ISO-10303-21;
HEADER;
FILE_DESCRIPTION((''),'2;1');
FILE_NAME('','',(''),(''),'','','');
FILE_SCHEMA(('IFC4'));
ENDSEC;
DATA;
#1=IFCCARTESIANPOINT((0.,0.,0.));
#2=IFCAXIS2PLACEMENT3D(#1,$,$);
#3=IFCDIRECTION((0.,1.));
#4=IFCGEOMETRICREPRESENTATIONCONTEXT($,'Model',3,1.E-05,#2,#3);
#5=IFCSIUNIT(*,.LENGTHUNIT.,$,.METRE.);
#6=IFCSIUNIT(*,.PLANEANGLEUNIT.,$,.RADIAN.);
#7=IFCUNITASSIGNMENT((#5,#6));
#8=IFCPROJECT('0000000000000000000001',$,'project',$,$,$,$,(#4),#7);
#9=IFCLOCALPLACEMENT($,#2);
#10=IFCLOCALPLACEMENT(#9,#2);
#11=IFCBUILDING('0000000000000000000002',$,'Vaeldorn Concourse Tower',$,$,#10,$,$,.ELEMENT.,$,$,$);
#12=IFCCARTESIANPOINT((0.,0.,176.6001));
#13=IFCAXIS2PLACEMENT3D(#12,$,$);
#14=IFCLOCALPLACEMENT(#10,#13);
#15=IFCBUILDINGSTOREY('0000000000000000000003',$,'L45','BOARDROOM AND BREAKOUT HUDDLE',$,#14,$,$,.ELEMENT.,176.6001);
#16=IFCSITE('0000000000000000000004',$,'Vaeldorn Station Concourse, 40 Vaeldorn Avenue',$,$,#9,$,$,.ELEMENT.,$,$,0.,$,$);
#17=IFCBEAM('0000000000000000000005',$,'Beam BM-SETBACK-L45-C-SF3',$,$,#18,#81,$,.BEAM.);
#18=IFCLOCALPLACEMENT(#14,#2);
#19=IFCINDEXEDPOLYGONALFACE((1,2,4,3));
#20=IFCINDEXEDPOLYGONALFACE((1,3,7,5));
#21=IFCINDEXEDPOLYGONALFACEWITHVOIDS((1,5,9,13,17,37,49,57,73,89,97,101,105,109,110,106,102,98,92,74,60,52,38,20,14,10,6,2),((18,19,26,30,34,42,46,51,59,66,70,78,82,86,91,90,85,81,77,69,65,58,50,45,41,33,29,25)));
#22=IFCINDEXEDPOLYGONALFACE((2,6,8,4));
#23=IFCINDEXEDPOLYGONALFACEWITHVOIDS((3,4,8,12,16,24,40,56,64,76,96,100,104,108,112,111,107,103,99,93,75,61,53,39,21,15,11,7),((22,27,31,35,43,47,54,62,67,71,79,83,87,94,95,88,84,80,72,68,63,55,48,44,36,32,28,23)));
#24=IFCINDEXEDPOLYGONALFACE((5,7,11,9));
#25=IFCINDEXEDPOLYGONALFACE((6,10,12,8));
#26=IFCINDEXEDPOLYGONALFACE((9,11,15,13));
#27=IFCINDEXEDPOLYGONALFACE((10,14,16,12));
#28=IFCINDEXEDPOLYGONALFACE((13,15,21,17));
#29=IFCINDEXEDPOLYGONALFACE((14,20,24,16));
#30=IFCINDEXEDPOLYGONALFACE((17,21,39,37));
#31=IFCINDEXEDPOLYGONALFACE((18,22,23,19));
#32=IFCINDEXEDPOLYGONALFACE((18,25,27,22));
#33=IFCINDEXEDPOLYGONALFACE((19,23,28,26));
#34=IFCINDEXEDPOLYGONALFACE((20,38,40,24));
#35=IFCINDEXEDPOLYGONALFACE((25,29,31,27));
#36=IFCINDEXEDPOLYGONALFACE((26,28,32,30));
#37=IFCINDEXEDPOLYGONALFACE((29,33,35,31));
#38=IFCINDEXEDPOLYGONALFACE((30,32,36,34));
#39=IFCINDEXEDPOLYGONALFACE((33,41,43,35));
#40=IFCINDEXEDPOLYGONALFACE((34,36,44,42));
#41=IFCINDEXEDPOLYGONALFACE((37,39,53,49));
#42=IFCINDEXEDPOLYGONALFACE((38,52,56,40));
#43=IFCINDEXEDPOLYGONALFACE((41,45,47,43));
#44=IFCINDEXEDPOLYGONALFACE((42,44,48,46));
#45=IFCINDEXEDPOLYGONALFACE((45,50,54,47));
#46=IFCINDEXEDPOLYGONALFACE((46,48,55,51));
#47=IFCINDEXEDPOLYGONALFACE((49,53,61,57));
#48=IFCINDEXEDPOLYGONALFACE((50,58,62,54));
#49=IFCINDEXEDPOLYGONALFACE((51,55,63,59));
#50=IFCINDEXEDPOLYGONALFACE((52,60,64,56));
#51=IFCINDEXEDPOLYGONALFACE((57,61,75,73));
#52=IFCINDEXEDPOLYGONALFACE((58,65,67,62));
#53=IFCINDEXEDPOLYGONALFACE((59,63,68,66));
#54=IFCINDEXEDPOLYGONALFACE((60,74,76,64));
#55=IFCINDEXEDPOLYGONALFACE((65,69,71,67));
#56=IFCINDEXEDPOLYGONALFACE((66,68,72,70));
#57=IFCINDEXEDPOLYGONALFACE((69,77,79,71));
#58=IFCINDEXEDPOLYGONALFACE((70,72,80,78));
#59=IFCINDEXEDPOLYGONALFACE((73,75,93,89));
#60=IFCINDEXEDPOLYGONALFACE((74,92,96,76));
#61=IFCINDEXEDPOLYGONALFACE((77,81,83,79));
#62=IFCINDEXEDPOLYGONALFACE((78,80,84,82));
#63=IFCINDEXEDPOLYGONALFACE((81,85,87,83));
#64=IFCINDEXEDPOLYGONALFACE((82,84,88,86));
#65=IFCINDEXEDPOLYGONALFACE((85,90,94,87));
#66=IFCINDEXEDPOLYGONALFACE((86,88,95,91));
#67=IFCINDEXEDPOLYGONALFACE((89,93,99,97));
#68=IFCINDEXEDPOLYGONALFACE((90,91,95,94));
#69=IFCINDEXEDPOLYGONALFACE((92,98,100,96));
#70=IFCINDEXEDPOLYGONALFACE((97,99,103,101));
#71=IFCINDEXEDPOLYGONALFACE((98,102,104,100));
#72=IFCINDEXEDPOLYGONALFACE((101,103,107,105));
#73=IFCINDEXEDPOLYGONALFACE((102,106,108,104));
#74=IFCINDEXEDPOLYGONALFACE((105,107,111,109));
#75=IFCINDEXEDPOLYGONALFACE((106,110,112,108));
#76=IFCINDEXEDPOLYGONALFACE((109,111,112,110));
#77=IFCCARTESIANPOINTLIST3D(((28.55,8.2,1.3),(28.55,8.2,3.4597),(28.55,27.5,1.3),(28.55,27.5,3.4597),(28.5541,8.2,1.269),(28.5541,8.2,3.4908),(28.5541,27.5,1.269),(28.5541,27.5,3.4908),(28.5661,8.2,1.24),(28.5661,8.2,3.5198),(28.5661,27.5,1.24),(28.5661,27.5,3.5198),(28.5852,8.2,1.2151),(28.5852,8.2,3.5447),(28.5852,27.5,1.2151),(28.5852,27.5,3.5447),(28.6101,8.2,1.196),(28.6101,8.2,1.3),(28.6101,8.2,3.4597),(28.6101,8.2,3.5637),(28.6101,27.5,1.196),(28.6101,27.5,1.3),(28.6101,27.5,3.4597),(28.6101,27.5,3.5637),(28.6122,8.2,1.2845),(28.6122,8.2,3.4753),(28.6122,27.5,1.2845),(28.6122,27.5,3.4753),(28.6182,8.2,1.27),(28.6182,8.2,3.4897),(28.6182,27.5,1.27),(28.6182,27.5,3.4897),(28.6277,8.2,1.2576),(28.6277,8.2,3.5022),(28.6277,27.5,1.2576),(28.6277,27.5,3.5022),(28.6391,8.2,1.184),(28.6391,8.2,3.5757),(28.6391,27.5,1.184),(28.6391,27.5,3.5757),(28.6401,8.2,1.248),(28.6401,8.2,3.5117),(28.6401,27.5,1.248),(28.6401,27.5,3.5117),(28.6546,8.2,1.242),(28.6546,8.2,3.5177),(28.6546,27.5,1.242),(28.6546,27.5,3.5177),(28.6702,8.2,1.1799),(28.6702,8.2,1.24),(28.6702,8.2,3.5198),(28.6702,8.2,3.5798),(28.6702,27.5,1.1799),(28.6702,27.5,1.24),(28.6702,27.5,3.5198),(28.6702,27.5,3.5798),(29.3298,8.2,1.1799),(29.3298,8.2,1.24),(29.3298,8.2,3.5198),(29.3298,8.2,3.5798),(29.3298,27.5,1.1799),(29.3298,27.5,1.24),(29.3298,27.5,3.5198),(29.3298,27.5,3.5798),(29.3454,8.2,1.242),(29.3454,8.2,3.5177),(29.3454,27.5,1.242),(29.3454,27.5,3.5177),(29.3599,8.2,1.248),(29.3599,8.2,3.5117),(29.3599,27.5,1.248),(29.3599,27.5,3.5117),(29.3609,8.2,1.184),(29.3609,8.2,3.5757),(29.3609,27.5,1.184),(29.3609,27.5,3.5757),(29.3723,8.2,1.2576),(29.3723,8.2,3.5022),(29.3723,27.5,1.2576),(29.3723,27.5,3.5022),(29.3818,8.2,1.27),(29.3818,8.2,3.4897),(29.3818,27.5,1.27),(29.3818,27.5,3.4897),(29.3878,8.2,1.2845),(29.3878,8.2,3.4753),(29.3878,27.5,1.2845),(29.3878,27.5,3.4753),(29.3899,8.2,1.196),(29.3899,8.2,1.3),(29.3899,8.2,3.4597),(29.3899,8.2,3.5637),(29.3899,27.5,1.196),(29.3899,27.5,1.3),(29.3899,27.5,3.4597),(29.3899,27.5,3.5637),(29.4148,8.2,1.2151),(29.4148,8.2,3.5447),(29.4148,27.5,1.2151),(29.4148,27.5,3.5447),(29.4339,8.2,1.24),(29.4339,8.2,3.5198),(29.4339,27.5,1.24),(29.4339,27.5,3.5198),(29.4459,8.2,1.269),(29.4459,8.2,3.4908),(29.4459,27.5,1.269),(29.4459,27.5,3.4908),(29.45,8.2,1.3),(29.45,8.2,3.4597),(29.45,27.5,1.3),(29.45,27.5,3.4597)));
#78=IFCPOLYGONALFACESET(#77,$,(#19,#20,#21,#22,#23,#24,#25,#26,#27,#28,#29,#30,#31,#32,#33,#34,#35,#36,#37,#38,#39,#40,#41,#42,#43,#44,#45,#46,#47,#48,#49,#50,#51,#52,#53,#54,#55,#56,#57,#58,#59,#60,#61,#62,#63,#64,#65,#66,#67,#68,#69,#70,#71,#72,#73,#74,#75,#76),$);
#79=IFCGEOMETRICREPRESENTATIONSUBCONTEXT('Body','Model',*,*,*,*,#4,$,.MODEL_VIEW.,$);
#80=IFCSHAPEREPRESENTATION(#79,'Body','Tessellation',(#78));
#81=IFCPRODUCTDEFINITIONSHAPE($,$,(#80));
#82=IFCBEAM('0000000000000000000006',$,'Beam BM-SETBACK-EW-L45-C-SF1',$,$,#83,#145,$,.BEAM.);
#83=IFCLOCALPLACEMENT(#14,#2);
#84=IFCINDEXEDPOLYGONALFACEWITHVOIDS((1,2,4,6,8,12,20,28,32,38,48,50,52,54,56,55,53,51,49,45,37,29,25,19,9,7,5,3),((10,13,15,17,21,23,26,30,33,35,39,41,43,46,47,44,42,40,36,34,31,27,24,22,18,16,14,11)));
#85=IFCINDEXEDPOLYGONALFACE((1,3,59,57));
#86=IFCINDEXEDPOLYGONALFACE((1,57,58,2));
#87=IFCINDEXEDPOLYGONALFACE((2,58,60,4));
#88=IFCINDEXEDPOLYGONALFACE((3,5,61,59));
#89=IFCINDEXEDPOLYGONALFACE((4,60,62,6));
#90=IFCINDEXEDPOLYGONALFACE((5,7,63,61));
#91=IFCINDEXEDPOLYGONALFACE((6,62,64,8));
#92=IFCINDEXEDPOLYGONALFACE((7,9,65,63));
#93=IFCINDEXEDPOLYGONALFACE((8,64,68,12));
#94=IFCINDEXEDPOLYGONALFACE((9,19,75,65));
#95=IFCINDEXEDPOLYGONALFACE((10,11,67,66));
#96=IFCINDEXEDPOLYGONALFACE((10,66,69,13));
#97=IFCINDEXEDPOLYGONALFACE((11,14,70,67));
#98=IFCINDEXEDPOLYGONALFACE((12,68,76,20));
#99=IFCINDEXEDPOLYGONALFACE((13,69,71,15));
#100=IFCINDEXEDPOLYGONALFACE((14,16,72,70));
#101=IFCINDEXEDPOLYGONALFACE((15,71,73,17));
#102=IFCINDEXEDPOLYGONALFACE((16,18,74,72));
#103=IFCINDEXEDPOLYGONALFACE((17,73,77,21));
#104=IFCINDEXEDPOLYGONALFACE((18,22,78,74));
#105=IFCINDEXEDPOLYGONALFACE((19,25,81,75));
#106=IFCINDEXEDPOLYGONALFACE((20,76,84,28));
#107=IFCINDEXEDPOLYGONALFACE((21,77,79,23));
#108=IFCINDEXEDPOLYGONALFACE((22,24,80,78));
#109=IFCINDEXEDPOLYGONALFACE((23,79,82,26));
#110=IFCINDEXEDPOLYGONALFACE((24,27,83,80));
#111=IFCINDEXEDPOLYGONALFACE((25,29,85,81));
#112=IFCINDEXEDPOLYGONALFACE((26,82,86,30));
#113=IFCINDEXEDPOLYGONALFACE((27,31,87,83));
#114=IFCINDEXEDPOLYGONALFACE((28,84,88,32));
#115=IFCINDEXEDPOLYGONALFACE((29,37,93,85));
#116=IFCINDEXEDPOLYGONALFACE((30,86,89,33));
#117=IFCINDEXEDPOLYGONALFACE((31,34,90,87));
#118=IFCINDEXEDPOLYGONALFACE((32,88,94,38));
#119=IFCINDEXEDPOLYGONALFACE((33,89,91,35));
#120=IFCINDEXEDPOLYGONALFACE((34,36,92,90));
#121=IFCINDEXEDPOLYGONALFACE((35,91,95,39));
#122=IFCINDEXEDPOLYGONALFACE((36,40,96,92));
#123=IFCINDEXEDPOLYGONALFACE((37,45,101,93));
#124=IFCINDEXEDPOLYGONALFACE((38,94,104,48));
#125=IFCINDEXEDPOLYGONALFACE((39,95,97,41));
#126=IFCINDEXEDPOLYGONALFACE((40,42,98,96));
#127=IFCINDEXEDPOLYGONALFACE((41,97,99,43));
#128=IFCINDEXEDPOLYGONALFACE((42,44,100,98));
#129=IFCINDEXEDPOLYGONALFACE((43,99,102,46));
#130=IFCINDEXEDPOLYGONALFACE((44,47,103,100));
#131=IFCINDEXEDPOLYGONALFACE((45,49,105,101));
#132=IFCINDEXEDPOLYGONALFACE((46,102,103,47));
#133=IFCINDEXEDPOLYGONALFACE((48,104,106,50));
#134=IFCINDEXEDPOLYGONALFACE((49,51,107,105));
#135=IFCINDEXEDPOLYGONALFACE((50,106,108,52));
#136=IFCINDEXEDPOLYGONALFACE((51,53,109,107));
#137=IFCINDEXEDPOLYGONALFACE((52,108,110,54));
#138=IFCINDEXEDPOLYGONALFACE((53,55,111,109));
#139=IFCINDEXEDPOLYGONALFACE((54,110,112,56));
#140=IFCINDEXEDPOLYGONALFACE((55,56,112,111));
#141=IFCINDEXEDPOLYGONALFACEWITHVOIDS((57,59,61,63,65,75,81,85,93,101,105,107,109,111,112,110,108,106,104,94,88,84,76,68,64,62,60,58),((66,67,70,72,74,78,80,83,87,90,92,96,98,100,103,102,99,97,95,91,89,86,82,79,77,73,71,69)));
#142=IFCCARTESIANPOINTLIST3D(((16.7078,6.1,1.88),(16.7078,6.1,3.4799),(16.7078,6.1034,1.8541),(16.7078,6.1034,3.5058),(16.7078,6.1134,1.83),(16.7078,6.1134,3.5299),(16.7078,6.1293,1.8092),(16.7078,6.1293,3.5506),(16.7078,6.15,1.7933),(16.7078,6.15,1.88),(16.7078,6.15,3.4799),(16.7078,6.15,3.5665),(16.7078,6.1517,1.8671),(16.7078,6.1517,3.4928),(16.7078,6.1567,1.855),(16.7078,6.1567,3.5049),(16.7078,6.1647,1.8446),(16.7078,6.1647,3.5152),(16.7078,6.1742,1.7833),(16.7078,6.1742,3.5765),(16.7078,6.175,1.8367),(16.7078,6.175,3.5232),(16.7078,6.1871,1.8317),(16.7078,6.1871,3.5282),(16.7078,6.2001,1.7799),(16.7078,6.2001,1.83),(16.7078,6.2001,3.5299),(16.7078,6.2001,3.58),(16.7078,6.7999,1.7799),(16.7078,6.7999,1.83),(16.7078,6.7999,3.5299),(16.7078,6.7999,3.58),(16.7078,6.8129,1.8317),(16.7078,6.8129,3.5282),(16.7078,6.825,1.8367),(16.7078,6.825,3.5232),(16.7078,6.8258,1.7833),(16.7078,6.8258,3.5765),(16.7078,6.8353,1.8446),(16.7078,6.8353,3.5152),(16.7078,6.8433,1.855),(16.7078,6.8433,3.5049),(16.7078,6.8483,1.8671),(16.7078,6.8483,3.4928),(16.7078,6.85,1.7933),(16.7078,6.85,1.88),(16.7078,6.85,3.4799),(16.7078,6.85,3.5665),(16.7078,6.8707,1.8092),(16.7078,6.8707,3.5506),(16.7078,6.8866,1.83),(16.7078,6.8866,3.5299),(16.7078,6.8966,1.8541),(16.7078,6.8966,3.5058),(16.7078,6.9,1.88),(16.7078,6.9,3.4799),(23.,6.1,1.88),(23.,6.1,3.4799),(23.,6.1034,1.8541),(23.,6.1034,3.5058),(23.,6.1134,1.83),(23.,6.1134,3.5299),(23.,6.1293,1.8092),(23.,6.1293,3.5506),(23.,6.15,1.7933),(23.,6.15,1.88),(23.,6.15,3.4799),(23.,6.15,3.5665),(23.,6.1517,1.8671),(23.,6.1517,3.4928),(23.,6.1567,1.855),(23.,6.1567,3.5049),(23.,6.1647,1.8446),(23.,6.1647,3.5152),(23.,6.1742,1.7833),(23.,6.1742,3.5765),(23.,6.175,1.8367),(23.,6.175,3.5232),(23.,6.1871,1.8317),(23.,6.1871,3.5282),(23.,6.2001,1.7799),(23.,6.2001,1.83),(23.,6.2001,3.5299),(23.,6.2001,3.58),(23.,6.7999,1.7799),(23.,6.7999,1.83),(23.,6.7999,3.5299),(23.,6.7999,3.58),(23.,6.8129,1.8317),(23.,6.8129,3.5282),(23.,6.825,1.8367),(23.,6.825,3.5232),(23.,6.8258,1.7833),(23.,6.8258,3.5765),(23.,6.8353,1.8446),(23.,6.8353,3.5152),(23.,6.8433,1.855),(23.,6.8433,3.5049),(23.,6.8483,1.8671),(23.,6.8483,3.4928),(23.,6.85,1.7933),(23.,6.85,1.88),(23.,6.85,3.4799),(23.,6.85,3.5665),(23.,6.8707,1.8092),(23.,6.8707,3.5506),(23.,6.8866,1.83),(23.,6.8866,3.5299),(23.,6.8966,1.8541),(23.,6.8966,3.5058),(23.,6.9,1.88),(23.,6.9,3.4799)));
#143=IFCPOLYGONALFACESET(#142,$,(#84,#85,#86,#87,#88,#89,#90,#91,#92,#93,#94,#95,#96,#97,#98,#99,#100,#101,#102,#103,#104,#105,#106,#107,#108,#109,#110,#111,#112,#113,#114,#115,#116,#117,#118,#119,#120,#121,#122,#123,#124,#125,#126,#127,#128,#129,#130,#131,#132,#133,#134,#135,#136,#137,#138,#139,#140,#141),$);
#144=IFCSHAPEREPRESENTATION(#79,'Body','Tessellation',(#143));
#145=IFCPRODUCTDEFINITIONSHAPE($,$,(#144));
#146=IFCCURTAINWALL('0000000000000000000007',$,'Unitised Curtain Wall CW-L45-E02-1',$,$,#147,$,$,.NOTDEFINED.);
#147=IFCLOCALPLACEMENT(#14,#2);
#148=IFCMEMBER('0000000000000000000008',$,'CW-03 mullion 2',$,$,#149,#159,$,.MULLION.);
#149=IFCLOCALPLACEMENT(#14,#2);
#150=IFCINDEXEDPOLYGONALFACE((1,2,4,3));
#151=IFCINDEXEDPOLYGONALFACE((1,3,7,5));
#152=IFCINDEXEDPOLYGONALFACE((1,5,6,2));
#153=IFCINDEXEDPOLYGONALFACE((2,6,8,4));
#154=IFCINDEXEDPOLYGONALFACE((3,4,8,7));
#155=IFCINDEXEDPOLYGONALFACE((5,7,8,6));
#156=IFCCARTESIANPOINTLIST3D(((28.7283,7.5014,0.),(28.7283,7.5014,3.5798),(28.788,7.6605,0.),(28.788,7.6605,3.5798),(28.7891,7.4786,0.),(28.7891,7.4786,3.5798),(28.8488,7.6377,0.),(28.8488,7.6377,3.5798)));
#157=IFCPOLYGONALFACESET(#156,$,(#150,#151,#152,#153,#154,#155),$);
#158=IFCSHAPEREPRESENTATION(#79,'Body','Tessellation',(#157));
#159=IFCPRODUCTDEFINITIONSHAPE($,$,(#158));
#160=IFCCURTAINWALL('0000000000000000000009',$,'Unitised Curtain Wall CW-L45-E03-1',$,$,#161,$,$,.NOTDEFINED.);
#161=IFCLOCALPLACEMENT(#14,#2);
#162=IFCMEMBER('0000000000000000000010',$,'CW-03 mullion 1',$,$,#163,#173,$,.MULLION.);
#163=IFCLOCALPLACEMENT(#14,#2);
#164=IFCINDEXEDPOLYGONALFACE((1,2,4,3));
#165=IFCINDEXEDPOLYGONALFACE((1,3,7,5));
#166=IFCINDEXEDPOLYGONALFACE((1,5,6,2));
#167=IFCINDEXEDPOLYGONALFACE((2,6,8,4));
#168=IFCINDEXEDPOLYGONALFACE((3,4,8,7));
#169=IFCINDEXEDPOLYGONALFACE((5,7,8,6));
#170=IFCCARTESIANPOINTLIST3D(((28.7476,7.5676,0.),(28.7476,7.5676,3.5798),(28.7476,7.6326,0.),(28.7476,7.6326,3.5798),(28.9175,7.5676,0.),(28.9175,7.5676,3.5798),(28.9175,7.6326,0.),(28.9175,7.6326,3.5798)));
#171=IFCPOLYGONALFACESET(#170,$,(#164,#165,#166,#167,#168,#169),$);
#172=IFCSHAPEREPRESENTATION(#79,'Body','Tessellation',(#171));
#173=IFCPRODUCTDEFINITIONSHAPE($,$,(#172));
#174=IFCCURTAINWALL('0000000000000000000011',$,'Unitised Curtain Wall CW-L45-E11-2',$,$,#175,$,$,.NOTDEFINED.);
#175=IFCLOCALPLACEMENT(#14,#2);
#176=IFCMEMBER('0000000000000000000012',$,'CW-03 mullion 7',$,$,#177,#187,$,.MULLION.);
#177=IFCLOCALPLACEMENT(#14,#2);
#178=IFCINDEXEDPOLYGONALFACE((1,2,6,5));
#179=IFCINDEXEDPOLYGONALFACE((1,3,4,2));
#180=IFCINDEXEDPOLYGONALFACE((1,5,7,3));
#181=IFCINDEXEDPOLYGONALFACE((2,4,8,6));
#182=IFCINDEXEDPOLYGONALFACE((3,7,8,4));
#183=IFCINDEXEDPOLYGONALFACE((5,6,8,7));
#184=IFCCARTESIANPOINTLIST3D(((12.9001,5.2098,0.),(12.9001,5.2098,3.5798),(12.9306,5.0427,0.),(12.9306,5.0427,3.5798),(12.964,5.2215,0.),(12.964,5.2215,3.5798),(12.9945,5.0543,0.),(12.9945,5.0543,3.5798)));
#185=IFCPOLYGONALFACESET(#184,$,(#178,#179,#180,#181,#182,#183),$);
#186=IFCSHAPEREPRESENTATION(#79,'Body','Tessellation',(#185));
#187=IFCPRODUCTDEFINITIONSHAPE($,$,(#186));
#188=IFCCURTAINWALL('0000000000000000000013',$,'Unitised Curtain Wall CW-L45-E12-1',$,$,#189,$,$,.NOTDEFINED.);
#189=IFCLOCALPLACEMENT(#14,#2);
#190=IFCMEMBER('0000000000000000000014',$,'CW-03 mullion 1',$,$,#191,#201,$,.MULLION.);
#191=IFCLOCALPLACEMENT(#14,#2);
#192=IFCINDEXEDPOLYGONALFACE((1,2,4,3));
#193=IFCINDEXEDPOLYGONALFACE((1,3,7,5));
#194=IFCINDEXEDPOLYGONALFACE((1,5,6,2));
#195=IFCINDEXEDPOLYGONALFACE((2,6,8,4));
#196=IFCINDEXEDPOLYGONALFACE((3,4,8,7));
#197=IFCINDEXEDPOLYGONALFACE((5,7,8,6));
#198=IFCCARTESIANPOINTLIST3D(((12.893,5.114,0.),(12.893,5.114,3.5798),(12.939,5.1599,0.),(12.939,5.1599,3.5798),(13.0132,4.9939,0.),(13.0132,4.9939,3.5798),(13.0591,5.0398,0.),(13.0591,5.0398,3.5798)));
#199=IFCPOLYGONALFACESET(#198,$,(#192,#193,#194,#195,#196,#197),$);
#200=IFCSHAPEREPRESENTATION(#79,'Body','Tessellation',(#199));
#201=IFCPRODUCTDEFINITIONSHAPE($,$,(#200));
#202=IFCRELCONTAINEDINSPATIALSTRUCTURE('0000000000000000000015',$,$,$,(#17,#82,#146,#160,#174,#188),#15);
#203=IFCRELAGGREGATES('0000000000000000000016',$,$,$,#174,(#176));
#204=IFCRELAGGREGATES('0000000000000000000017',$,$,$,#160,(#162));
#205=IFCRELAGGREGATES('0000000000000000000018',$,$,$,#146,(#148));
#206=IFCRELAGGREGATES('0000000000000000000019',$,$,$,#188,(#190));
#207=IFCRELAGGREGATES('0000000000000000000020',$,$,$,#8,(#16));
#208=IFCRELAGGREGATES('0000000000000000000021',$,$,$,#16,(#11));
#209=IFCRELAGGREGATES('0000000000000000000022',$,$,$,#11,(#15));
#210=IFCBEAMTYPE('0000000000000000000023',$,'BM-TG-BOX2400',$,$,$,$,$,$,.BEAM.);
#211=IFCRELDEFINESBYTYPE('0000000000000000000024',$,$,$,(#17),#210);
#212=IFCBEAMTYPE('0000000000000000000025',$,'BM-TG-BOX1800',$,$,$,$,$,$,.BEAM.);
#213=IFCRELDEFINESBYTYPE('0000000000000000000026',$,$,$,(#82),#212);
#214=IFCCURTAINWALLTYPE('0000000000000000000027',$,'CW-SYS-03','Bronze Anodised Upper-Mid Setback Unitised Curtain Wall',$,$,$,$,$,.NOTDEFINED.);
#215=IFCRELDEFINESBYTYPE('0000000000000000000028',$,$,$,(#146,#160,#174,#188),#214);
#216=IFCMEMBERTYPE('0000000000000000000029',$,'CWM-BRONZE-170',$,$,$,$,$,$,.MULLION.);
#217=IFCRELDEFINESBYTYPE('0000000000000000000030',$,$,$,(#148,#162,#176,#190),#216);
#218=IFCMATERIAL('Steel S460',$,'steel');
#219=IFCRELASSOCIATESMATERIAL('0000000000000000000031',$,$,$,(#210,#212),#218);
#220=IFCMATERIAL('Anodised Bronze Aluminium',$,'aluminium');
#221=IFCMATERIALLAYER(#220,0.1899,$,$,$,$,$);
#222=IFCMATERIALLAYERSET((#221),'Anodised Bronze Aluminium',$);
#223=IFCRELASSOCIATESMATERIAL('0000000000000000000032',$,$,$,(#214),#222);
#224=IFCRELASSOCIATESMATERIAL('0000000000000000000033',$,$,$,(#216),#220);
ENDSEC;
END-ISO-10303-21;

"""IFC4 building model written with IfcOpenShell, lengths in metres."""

from ifc_helpers import new_model, si_unit, direction, frame, origin, origin_2d, place, context, subcontext, project, spatial, rectangle, hollow_rectangle, extrude, source, transform, mapped, material, layer, layer_set, material_profile, profile_set, type_object, element, aggregate, save


model = new_model("IFC4")

# Units and contexts
model_context = context("Model", 3, precision=1e-05, world=origin(), true_north=direction((0.0, 1.0)))
body_context = subcontext(model_context, "Body", "Model", "MODEL_VIEW")
ifc_project = project(units=[si_unit("LENGTHUNIT", "METRE"), si_unit("PLANEANGLEUNIT", "RADIAN")], contexts=[model_context])

# Site, building, storey
site_placement = place(None, origin())
site = spatial("IfcSite", under=ifc_project, at=site_placement, Name="Vaeldorn Station Concourse, 40 Vaeldorn Avenue", CompositionType="ELEMENT", RefElevation=0.0)
building_placement = place(site_placement, origin())
building = spatial("IfcBuilding", under=site, at=building_placement, Name="Vaeldorn Concourse Tower", CompositionType="ELEMENT")
storey_placement = place(building_placement, frame((0.0, 0.0, 176.6001)))
storey = spatial("IfcBuildingStorey", under=building, at=storey_placement, Name="L45", Description="BOARDROOM AND BREAKOUT HUDDLE", CompositionType="ELEMENT", Elevation=176.6001)

# Beams
ifc_material_1 = material(Name="Steel S460", Category="steel")
ifc_material_profile_1 = material_profile(ifc_material_1, hollow_rectangle(XDim=0.8999, YDim=2.3999, WallThickness=0.0601, InnerFilletRadius=0.0601, OuterFilletRadius=0.1201, at=origin_2d()), Name="RHS 2400x900x60")
ifc_profile_set_1 = profile_set([ifc_material_profile_1], Name="Steel S460")
beam_type_1 = type_object("IfcBeamType", Name="BM-TG-BOX2400", PredefinedType="BEAM", material=ifc_profile_set_1)
shared_shape_1 = source(origin(), body_context, "Body", "SweptSolid", [
    extrude(hollow_rectangle(XDim=0.8999, YDim=2.3999, WallThickness=0.0601, InnerFilletRadius=0.0601, OuterFilletRadius=0.1201, at=origin_2d()), origin(), (0.0, 0.0, 1.0), 19.3),
])
beam_1_placement = place(storey_placement, frame((29.0, 8.2, 2.3799), z_axis=(0.0, 1.0, 0.0), x_axis=(-1.0, 0.0, 0.0)))
element("IfcBeam", 1, at=beam_1_placement, inside=storey, type_object=beam_type_1, Name="Beam BM-SETBACK-L45-C-SF3", PredefinedType="BEAM", context=body_context, shape_type="MappedRepresentation", body=[
    mapped(shared_shape_1, transform((0.0, 0.0, 0.0), scale=1.0)),
])
ifc_material_profile_2 = material_profile(ifc_material_1, hollow_rectangle(XDim=0.8, YDim=1.8, WallThickness=0.05, InnerFilletRadius=0.05, OuterFilletRadius=0.1001, at=origin_2d()), Name="RHS 1800x800x50")
ifc_profile_set_2 = profile_set([ifc_material_profile_2], Name="Steel S460")
beam_type_2 = type_object("IfcBeamType", Name="BM-TG-BOX1800", PredefinedType="BEAM", material=ifc_profile_set_2)
shared_shape_2 = source(origin(), body_context, "Body", "SweptSolid", [
    extrude(hollow_rectangle(XDim=0.8, YDim=1.8, WallThickness=0.05, InnerFilletRadius=0.05, OuterFilletRadius=0.1001, at=origin_2d()), origin(), (0.0, 0.0, 1.0), 6.2922),
])
beam_2_placement = place(storey_placement, frame((16.7078, 6.5, 2.6799), z_axis=(1.0, 0.0, 0.0), x_axis=(0.0, 1.0, 0.0)))
element("IfcBeam", 2, at=beam_2_placement, inside=storey, type_object=beam_type_2, Name="Beam BM-SETBACK-EW-L45-C-SF1", PredefinedType="BEAM", context=body_context, shape_type="MappedRepresentation", body=[
    mapped(shared_shape_2, transform((0.0, 0.0, 0.0), scale=1.0)),
])

# Curtain walls, members
ifc_material_2 = material(Name="Anodised Bronze Aluminium", Category="aluminium")
ifc_layer_1 = layer(ifc_material_2, 0.1899)
ifc_layer_set_1 = layer_set([ifc_layer_1], Name="Anodised Bronze Aluminium")
curtain_wall_type = type_object("IfcCurtainWallType", Name="CW-SYS-03", Description="Bronze Anodised Upper-Mid Setback Unitised Curtain Wall", PredefinedType="NOTDEFINED", material=ifc_layer_set_1)
curtain_wall_1_placement = place(storey_placement, origin())
curtain_wall_1 = element("IfcCurtainWall", 3, at=curtain_wall_1_placement, inside=storey, type_object=curtain_wall_type, Name="Unitised Curtain Wall CW-L45-E02-1", PredefinedType="NOTDEFINED")
ifc_material_profile_3 = material_profile(ifc_material_2, rectangle(XDim=0.0649, YDim=0.1699, at=origin_2d()), Name="CWM 65x170")
ifc_profile_set_3 = profile_set([ifc_material_profile_3], Name="Anodised Bronze Aluminium")
member_type_1 = type_object("IfcMemberType", Name="CWM-BRONZE-170", PredefinedType="MULLION", material=ifc_profile_set_3)
shared_shape_3 = source(origin(), body_context, "Body", "SweptSolid", [
    extrude(rectangle(XDim=0.0649, YDim=0.1699, at=origin_2d()), origin(), (0.0, 0.0, 1.0), 3.5798),
])
member_1_placement = place(storey_placement, frame((28.7886, 7.5696, 0.0), z_axis=(0.0, 0.0, 1.0), x_axis=(-0.936329, 0.351123, 0.0)))
member_1 = element("IfcMember", 4, at=member_1_placement, type_object=member_type_1, Name="CW-03 mullion 2", PredefinedType="MULLION", context=body_context, shape_type="MappedRepresentation", body=[
    mapped(shared_shape_3, transform((0.0, 0.0, 0.0), scale=1.0)),
])
curtain_wall_2_placement = place(storey_placement, origin())
curtain_wall_2 = element("IfcCurtainWall", 5, at=curtain_wall_2_placement, inside=storey, type_object=curtain_wall_type, Name="Unitised Curtain Wall CW-L45-E03-1", PredefinedType="NOTDEFINED")
member_2_placement = place(storey_placement, frame((28.8325, 7.6001, 0.0), z_axis=(0.0, 0.0, 1.0), x_axis=(0.0, 1.0, 0.0)))
member_2 = element("IfcMember", 6, at=member_2_placement, type_object=member_type_1, Name="CW-03 mullion 1", PredefinedType="MULLION", context=body_context, shape_type="MappedRepresentation", body=[
    mapped(shared_shape_3, transform((0.0, 0.0, 0.0), scale=1.0)),
])
curtain_wall_3_placement = place(storey_placement, origin())
curtain_wall_3 = element("IfcCurtainWall", 7, at=curtain_wall_3_placement, inside=storey, type_object=curtain_wall_type, Name="Unitised Curtain Wall CW-L45-E11-2", PredefinedType="NOTDEFINED")
member_3_placement = place(storey_placement, frame((12.9473, 5.1321, 0.0), z_axis=(0.0, 0.0, 1.0), x_axis=(0.983768, 0.179446, 0.0)))
member_3 = element("IfcMember", 8, at=member_3_placement, type_object=member_type_1, Name="CW-03 mullion 7", PredefinedType="MULLION", context=body_context, shape_type="MappedRepresentation", body=[
    mapped(shared_shape_3, transform((0.0, 0.0, 0.0), scale=1.0)),
])
aggregate(curtain_wall_3, [member_3])
curtain_wall_4_placement = place(storey_placement, origin())
curtain_wall_4 = element("IfcCurtainWall", 9, at=curtain_wall_4_placement, inside=storey, type_object=curtain_wall_type, Name="Unitised Curtain Wall CW-L45-E12-1", PredefinedType="NOTDEFINED")
member_4_placement = place(storey_placement, frame((12.9761, 5.0769, 0.0), z_axis=(0.0, 0.0, 1.0), x_axis=(0.707107, 0.707107, 0.0)))
member_4 = element("IfcMember", 10, at=member_4_placement, type_object=member_type_1, Name="CW-03 mullion 1", PredefinedType="MULLION", context=body_context, shape_type="MappedRepresentation", body=[
    mapped(shared_shape_3, transform((0.0, 0.0, 0.0), scale=1.0)),
])

aggregate(curtain_wall_2, [member_2])

aggregate(curtain_wall_1, [member_1])
aggregate(curtain_wall_4, [member_4])

save(model, "model.ifc")
